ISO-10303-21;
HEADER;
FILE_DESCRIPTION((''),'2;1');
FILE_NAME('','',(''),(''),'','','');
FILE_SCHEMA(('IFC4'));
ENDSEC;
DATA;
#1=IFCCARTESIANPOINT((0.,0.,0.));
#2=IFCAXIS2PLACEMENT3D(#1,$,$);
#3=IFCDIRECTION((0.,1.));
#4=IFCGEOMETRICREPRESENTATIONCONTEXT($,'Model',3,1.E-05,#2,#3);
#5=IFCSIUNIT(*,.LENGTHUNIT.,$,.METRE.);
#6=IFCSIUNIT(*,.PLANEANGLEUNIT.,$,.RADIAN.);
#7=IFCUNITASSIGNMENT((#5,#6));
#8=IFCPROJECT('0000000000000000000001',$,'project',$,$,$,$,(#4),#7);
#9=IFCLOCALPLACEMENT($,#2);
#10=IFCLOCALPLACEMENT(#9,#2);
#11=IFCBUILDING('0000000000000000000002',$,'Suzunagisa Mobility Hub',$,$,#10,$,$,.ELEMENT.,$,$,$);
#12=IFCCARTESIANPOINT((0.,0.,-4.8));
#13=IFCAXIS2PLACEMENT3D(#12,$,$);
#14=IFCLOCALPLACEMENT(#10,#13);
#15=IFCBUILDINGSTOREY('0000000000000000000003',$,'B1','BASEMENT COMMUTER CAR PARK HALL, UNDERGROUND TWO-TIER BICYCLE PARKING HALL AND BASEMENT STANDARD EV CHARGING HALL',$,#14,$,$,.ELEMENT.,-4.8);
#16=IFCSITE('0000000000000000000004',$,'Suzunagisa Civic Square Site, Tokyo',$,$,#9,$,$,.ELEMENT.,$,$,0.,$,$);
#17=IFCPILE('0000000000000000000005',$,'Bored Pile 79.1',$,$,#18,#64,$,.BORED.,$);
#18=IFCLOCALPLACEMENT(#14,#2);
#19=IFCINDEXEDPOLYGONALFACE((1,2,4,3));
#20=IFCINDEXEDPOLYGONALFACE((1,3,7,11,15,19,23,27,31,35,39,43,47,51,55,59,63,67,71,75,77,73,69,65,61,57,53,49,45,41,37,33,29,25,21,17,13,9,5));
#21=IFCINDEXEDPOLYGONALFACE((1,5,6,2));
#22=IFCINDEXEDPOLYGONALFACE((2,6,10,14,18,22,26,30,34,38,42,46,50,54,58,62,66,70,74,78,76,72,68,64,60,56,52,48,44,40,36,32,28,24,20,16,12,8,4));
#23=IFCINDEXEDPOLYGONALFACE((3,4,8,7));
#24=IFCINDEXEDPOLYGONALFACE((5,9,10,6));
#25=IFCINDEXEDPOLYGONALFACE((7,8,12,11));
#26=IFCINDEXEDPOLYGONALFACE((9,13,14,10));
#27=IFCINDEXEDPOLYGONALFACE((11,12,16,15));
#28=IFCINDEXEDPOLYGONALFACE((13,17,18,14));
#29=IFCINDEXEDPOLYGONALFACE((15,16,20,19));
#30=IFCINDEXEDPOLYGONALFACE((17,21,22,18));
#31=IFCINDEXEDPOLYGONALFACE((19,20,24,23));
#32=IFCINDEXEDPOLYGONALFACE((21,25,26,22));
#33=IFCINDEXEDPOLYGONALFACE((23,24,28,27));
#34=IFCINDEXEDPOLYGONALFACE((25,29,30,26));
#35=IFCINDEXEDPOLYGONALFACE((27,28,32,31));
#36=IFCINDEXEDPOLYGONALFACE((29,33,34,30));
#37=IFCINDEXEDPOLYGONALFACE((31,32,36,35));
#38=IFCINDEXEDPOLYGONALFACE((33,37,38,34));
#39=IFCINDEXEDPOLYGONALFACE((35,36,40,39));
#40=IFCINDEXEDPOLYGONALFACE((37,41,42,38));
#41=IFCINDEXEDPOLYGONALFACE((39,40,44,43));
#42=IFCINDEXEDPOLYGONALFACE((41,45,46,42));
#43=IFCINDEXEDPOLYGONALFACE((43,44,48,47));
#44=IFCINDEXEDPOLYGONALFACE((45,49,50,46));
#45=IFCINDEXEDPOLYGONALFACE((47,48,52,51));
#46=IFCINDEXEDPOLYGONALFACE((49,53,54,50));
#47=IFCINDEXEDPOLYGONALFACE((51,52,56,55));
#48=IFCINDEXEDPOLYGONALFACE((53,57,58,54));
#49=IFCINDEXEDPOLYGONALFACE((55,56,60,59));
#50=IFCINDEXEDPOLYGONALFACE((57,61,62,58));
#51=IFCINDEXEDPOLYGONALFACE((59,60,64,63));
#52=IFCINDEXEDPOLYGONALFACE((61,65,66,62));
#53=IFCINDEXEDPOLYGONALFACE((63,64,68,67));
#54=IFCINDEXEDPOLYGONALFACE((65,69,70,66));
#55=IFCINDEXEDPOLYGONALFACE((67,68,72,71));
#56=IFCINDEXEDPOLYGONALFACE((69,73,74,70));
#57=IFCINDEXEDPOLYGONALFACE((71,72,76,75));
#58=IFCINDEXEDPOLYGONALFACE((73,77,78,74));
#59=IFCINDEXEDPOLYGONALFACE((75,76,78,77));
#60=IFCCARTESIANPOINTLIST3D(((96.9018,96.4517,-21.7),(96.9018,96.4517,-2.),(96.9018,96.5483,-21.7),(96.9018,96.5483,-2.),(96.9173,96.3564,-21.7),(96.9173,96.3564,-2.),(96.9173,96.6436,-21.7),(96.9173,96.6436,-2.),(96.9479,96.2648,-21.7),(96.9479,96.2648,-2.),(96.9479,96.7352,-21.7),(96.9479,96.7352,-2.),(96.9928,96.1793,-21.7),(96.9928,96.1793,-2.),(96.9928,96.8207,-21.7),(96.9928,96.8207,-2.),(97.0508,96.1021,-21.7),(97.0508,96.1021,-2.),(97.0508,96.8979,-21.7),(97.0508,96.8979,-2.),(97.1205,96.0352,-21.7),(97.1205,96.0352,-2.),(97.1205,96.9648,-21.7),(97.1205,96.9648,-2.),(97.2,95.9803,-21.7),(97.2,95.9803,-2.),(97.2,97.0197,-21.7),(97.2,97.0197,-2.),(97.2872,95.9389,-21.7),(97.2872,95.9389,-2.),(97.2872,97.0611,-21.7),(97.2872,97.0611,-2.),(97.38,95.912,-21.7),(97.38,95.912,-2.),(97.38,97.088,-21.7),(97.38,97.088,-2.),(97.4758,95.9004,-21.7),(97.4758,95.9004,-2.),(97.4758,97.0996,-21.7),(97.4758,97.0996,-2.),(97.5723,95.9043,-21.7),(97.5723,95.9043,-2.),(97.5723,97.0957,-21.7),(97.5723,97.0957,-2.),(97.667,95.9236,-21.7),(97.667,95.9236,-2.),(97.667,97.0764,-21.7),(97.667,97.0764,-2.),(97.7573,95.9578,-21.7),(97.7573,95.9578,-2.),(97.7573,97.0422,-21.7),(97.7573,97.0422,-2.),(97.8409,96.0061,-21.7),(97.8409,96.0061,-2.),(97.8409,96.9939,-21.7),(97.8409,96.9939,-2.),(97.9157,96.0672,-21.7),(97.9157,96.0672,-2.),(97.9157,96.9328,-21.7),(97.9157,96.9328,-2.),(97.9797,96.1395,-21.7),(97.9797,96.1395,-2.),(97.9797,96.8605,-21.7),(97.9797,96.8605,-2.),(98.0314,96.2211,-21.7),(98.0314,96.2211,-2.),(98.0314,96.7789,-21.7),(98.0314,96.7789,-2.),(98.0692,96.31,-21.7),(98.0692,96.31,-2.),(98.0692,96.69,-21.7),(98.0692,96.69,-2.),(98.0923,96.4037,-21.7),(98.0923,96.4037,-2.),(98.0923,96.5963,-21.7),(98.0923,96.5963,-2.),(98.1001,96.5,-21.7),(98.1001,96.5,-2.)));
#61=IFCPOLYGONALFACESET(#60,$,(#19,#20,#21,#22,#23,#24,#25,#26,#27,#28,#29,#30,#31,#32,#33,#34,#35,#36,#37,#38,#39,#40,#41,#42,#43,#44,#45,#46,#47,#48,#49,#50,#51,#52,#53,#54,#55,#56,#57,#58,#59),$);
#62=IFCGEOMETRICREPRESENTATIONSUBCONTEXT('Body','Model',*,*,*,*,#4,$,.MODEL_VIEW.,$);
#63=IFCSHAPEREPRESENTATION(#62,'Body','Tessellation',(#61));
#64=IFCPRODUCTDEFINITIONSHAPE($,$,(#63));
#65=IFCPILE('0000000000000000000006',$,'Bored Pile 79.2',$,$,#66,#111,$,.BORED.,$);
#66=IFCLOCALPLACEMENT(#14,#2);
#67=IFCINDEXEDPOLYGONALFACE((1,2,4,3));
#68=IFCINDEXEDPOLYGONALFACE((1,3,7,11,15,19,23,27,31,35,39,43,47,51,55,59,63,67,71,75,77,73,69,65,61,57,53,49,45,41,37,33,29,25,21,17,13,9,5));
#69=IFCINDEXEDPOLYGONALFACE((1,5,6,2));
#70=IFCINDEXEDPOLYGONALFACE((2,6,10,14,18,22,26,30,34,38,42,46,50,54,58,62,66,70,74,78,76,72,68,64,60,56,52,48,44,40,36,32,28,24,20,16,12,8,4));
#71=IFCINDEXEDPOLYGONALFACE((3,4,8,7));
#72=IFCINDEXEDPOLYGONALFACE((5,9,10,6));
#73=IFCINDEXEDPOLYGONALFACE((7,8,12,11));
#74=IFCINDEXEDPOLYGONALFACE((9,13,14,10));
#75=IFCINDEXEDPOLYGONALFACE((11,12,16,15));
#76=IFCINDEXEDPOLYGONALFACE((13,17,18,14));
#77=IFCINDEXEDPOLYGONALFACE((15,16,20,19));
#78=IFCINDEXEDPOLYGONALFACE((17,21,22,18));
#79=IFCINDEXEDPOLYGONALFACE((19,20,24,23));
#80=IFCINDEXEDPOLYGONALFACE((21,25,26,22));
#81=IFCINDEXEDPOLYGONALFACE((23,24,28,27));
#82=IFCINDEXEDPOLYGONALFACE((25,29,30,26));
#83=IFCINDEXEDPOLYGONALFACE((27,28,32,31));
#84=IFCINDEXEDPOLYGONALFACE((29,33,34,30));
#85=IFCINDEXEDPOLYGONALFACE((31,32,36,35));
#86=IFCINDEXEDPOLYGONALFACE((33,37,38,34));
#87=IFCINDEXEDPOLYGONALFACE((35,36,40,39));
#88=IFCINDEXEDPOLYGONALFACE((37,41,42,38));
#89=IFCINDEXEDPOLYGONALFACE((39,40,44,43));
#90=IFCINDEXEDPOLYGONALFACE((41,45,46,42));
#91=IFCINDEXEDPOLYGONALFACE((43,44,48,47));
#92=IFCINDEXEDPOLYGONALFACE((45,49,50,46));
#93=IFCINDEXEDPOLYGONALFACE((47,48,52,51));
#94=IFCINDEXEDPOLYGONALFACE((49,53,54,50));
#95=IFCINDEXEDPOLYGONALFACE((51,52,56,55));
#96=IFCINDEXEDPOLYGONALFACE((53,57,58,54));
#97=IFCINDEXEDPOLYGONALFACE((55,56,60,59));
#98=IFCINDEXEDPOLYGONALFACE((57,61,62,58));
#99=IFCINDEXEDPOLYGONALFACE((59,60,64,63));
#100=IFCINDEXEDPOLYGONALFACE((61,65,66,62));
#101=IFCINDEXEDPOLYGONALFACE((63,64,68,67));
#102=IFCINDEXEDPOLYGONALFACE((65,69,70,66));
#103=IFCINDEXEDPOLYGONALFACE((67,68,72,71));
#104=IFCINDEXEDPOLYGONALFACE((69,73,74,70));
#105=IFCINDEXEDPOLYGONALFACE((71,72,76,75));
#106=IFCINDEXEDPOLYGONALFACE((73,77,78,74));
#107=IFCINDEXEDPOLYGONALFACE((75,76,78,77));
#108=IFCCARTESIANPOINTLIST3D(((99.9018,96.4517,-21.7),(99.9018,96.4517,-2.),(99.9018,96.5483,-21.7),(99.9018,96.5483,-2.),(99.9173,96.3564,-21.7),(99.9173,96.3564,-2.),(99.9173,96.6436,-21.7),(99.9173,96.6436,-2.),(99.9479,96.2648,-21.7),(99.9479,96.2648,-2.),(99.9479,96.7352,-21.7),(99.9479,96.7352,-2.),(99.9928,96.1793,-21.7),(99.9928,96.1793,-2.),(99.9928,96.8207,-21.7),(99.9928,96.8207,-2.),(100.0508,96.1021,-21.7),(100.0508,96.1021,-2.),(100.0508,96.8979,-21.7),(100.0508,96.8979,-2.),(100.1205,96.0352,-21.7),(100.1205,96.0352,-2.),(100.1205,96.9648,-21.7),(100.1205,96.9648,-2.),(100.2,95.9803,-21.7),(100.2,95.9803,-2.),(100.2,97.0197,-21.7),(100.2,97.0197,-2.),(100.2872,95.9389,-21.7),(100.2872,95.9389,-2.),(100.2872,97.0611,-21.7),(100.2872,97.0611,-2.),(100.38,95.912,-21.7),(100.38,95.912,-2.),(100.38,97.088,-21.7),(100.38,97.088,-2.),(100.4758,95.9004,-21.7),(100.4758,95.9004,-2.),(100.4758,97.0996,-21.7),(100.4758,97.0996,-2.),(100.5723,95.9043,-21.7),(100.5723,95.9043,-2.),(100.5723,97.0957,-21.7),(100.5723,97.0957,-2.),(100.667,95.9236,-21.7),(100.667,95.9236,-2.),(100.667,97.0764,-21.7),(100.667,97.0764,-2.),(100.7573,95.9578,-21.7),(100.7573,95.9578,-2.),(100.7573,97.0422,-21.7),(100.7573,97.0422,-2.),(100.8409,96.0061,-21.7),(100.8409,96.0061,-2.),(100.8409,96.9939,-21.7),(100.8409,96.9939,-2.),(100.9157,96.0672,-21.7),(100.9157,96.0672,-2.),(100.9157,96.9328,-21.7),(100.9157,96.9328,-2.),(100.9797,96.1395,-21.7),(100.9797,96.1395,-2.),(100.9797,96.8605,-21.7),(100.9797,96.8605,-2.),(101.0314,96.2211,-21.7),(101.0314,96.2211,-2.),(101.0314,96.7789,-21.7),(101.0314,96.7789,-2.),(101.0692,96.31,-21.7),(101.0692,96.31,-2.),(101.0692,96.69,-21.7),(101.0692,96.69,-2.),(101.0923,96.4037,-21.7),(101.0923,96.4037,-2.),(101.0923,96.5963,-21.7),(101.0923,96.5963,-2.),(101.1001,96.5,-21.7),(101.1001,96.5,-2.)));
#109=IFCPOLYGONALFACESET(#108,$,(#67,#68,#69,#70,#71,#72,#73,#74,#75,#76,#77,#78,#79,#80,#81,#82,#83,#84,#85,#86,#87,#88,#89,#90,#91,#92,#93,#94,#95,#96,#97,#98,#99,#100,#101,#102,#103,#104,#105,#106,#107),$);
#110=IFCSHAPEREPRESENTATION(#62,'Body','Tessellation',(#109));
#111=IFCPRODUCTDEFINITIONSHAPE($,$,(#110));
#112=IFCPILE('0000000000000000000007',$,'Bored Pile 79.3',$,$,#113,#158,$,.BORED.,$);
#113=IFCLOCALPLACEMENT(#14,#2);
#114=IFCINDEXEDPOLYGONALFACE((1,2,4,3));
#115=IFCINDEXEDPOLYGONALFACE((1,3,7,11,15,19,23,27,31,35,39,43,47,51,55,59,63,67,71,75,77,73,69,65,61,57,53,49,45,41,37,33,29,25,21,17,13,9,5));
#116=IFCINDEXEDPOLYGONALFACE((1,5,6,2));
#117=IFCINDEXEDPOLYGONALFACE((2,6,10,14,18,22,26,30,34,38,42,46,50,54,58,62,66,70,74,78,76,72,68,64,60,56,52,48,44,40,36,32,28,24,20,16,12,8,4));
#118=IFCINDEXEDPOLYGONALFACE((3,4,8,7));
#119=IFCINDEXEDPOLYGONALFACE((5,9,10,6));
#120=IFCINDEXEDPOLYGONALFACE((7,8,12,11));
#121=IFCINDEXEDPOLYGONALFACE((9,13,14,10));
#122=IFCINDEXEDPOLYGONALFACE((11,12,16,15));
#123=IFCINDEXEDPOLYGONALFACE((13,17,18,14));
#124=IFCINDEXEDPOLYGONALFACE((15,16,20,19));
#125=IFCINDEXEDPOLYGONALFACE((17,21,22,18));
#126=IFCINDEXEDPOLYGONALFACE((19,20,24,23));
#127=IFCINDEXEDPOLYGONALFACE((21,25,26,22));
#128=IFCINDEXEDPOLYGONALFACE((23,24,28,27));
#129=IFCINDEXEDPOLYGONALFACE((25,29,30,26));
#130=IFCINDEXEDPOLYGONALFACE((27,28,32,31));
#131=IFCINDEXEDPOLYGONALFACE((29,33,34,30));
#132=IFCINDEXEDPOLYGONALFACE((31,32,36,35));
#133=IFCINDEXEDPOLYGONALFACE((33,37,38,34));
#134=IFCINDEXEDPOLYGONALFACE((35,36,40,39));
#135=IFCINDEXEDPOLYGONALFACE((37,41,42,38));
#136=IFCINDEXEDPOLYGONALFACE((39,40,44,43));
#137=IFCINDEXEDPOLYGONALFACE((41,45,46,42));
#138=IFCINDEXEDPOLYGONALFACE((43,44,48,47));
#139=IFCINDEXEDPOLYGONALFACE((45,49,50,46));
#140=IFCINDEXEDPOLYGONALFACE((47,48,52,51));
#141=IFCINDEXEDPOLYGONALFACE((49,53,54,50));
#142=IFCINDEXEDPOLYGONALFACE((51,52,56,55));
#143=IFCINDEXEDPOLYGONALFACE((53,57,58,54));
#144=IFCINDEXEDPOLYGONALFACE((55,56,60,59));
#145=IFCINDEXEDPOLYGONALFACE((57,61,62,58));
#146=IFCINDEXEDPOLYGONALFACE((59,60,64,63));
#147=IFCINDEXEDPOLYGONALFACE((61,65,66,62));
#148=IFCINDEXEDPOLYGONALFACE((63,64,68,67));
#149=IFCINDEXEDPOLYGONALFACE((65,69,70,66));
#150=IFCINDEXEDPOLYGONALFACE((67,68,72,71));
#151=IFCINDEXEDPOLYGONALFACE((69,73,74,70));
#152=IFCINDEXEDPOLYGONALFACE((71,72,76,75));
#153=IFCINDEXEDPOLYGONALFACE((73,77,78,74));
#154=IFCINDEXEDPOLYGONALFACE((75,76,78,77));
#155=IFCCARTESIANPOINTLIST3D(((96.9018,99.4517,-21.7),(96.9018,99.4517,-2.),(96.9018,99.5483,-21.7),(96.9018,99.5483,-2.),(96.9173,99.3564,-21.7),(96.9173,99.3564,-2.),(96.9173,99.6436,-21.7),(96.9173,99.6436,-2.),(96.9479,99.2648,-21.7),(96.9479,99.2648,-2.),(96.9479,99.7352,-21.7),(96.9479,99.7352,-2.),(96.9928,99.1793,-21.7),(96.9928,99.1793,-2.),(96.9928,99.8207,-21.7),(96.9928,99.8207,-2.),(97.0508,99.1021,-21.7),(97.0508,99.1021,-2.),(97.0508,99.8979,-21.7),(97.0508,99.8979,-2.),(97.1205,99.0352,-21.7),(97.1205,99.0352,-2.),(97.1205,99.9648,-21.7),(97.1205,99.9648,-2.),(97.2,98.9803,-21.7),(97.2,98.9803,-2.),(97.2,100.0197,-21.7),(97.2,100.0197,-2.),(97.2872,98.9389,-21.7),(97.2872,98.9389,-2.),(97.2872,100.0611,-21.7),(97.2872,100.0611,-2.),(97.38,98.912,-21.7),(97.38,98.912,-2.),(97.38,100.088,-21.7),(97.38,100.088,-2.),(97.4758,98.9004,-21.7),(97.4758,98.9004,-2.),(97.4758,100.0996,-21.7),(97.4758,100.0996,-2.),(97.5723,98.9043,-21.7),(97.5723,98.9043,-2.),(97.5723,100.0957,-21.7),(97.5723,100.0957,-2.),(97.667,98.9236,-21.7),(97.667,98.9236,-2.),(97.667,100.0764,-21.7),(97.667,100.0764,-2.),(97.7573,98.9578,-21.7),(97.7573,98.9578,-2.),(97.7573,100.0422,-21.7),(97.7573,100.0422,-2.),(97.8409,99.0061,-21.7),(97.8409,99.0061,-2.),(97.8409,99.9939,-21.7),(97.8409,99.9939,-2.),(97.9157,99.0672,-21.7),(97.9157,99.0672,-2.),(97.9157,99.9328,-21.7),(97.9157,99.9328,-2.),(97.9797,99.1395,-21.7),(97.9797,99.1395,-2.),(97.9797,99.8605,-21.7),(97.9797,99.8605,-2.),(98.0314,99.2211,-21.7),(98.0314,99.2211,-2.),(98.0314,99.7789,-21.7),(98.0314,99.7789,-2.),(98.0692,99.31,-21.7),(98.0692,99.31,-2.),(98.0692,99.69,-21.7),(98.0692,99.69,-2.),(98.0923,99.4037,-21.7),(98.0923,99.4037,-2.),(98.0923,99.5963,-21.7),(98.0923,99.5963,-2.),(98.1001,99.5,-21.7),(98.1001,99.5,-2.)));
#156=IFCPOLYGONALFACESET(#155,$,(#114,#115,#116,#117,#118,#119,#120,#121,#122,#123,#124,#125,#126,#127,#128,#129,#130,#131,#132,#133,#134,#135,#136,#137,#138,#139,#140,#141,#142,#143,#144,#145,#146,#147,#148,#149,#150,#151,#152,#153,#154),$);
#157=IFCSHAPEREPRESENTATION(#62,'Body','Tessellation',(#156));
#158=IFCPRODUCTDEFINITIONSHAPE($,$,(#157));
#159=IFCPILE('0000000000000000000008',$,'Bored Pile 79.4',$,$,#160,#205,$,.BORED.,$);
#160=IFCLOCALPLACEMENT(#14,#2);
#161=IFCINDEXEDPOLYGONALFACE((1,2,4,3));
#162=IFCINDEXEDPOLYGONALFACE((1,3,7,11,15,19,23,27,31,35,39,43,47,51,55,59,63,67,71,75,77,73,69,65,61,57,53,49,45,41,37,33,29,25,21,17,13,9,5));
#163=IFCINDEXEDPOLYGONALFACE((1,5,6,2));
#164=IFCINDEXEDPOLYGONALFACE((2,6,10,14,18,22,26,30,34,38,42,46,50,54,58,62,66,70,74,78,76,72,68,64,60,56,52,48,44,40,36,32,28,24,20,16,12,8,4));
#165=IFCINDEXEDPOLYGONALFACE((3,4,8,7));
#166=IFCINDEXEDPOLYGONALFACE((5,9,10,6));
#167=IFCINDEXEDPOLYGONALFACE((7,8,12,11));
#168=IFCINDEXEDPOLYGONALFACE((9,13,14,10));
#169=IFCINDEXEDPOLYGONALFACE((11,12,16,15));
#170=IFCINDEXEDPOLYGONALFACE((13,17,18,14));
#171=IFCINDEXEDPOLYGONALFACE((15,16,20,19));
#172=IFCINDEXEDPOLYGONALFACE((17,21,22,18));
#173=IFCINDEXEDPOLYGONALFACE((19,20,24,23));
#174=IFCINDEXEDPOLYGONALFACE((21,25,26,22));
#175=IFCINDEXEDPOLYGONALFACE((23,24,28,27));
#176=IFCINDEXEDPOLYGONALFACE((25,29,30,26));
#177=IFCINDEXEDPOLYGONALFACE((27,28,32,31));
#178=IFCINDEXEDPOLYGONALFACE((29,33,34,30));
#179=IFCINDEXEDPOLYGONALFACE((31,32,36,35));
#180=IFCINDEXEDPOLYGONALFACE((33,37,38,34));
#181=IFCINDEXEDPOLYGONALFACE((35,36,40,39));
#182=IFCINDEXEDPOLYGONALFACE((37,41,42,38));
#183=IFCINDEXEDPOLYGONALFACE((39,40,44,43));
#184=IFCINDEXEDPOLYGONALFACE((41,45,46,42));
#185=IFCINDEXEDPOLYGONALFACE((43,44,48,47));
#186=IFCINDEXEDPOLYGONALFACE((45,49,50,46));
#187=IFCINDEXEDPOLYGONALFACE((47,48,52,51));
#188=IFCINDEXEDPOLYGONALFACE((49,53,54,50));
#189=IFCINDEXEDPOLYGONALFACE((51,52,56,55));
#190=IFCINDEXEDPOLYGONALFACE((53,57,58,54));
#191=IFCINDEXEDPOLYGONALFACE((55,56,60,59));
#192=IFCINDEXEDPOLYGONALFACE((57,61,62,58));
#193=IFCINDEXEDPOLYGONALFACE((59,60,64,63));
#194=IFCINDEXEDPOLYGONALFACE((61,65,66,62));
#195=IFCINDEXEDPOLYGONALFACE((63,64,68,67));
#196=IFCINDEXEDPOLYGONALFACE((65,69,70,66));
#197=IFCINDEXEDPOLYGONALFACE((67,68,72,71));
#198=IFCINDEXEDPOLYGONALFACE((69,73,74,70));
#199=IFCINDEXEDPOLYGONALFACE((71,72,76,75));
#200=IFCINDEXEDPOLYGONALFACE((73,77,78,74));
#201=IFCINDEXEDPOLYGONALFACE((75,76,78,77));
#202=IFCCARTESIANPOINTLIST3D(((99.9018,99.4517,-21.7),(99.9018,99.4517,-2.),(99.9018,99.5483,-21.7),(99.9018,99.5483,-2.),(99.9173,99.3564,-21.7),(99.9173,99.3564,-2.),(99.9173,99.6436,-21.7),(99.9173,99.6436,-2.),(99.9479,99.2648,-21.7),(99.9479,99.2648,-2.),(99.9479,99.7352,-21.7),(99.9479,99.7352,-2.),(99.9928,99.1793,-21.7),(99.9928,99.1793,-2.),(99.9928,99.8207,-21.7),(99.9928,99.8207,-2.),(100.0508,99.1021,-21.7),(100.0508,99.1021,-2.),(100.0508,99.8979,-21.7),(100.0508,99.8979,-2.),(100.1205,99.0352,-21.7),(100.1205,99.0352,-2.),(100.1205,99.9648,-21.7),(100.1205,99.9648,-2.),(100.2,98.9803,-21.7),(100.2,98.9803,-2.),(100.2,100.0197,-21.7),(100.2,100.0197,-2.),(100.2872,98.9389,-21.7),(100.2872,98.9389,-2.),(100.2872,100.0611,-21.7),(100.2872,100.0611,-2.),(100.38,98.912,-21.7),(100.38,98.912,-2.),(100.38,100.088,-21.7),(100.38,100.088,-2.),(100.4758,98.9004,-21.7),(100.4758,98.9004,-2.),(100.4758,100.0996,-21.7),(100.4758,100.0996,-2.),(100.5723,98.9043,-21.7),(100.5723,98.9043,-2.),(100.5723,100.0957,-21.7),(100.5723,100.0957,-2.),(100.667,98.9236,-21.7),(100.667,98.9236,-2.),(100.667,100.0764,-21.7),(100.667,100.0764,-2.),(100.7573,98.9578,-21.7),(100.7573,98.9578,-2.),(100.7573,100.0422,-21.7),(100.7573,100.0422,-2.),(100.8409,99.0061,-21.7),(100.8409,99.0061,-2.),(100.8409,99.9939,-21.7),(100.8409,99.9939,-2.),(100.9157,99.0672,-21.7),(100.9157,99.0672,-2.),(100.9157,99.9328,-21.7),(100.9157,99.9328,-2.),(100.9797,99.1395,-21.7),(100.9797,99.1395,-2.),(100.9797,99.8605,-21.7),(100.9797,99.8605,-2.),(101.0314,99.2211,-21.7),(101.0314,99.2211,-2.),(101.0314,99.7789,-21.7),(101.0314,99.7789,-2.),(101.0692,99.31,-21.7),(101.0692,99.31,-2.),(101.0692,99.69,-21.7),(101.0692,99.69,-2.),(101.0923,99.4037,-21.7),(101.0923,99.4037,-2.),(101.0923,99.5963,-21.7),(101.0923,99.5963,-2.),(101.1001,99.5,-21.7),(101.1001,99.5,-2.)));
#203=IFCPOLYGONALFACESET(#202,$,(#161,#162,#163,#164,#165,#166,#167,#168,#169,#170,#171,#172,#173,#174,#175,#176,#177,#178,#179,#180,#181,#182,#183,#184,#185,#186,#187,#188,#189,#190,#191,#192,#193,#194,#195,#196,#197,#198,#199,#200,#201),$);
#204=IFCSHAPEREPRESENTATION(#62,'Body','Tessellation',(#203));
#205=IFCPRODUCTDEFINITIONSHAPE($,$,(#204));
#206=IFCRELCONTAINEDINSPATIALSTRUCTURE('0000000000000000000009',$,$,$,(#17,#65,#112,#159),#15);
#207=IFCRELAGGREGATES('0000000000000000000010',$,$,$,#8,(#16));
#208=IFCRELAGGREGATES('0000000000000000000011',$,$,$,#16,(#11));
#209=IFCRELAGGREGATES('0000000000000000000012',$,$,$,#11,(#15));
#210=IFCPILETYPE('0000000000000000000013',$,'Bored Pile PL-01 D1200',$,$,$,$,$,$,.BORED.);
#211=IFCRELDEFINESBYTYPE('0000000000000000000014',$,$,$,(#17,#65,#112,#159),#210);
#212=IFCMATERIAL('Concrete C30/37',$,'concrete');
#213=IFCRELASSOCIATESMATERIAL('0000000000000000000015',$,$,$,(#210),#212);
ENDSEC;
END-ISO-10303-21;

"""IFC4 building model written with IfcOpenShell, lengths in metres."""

from ifc_helpers import new_model, si_unit, direction, frame, origin, origin_2d, place, context, subcontext, project, spatial, circle, extrude, material, material_profile, profile_set, type_object, element, save


model = new_model("IFC4")

# Units and contexts
model_context = context("Model", 3, precision=1e-05, world=origin(), true_north=direction((0.0, 1.0)))
body_context = subcontext(model_context, "Body", "Model", "MODEL_VIEW")
ifc_project = project(units=[si_unit("LENGTHUNIT", "METRE"), si_unit("PLANEANGLEUNIT", "RADIAN")], contexts=[model_context])

# Site, building, storey
site_placement = place(None, origin())
site = spatial("IfcSite", under=ifc_project, at=site_placement, Name="Suzunagisa Civic Square Site, Tokyo", CompositionType="ELEMENT", RefElevation=0.0)
building_placement = place(site_placement, origin())
building = spatial("IfcBuilding", under=site, at=building_placement, Name="Suzunagisa Mobility Hub", CompositionType="ELEMENT")
storey_placement = place(building_placement, frame((0.0, 0.0, -4.8)))
storey = spatial("IfcBuildingStorey", under=building, at=storey_placement, Name="B1", Description="BASEMENT COMMUTER CAR PARK HALL, UNDERGROUND TWO-TIER BICYCLE PARKING HALL AND BASEMENT STANDARD EV CHARGING HALL", CompositionType="ELEMENT", Elevation=-4.8)

# Piles
ifc_material_1 = material(Name="Concrete C30/37", Category="concrete")
ifc_material_profile_1 = material_profile(ifc_material_1, circle(Radius=0.6001, at=origin_2d()), Name="BORED PILE D1200")
ifc_profile_set_1 = profile_set([ifc_material_profile_1], Name="Concrete C30/37")
pile_type_1 = type_object("IfcPileType", Name="Bored Pile PL-01 D1200", PredefinedType="BORED", material=ifc_profile_set_1)
for number, where, z_axis, x_axis, name in (
    (1, (97.5, 96.5, -2.0), (0.0, 0.0, -1.0), (1.0, 0.0, 0.0), "Bored Pile 79.1"),
    (2, (100.5, 96.5, -2.0), (0.0, 0.0, -1.0), (1.0, 0.0, 0.0), "Bored Pile 79.2"),
    (3, (97.5, 99.5, -2.0), (0.0, 0.0, -1.0), (1.0, 0.0, 0.0), "Bored Pile 79.3"),
    (4, (100.5, 99.5, -2.0), (0.0, 0.0, -1.0), (1.0, 0.0, 0.0), "Bored Pile 79.4"),
):
    element("IfcPile", number, at=place(storey_placement, frame(where, z_axis=z_axis, x_axis=x_axis)), inside=storey, type_object=pile_type_1, Name=name, PredefinedType="BORED", context=body_context, shape_type="SweptSolid", body=[
        extrude(circle(Radius=0.6001, at=origin_2d()), origin(), (0.0, 0.0, 1.0), 19.7),
    ])

save(model, "model.ifc")
